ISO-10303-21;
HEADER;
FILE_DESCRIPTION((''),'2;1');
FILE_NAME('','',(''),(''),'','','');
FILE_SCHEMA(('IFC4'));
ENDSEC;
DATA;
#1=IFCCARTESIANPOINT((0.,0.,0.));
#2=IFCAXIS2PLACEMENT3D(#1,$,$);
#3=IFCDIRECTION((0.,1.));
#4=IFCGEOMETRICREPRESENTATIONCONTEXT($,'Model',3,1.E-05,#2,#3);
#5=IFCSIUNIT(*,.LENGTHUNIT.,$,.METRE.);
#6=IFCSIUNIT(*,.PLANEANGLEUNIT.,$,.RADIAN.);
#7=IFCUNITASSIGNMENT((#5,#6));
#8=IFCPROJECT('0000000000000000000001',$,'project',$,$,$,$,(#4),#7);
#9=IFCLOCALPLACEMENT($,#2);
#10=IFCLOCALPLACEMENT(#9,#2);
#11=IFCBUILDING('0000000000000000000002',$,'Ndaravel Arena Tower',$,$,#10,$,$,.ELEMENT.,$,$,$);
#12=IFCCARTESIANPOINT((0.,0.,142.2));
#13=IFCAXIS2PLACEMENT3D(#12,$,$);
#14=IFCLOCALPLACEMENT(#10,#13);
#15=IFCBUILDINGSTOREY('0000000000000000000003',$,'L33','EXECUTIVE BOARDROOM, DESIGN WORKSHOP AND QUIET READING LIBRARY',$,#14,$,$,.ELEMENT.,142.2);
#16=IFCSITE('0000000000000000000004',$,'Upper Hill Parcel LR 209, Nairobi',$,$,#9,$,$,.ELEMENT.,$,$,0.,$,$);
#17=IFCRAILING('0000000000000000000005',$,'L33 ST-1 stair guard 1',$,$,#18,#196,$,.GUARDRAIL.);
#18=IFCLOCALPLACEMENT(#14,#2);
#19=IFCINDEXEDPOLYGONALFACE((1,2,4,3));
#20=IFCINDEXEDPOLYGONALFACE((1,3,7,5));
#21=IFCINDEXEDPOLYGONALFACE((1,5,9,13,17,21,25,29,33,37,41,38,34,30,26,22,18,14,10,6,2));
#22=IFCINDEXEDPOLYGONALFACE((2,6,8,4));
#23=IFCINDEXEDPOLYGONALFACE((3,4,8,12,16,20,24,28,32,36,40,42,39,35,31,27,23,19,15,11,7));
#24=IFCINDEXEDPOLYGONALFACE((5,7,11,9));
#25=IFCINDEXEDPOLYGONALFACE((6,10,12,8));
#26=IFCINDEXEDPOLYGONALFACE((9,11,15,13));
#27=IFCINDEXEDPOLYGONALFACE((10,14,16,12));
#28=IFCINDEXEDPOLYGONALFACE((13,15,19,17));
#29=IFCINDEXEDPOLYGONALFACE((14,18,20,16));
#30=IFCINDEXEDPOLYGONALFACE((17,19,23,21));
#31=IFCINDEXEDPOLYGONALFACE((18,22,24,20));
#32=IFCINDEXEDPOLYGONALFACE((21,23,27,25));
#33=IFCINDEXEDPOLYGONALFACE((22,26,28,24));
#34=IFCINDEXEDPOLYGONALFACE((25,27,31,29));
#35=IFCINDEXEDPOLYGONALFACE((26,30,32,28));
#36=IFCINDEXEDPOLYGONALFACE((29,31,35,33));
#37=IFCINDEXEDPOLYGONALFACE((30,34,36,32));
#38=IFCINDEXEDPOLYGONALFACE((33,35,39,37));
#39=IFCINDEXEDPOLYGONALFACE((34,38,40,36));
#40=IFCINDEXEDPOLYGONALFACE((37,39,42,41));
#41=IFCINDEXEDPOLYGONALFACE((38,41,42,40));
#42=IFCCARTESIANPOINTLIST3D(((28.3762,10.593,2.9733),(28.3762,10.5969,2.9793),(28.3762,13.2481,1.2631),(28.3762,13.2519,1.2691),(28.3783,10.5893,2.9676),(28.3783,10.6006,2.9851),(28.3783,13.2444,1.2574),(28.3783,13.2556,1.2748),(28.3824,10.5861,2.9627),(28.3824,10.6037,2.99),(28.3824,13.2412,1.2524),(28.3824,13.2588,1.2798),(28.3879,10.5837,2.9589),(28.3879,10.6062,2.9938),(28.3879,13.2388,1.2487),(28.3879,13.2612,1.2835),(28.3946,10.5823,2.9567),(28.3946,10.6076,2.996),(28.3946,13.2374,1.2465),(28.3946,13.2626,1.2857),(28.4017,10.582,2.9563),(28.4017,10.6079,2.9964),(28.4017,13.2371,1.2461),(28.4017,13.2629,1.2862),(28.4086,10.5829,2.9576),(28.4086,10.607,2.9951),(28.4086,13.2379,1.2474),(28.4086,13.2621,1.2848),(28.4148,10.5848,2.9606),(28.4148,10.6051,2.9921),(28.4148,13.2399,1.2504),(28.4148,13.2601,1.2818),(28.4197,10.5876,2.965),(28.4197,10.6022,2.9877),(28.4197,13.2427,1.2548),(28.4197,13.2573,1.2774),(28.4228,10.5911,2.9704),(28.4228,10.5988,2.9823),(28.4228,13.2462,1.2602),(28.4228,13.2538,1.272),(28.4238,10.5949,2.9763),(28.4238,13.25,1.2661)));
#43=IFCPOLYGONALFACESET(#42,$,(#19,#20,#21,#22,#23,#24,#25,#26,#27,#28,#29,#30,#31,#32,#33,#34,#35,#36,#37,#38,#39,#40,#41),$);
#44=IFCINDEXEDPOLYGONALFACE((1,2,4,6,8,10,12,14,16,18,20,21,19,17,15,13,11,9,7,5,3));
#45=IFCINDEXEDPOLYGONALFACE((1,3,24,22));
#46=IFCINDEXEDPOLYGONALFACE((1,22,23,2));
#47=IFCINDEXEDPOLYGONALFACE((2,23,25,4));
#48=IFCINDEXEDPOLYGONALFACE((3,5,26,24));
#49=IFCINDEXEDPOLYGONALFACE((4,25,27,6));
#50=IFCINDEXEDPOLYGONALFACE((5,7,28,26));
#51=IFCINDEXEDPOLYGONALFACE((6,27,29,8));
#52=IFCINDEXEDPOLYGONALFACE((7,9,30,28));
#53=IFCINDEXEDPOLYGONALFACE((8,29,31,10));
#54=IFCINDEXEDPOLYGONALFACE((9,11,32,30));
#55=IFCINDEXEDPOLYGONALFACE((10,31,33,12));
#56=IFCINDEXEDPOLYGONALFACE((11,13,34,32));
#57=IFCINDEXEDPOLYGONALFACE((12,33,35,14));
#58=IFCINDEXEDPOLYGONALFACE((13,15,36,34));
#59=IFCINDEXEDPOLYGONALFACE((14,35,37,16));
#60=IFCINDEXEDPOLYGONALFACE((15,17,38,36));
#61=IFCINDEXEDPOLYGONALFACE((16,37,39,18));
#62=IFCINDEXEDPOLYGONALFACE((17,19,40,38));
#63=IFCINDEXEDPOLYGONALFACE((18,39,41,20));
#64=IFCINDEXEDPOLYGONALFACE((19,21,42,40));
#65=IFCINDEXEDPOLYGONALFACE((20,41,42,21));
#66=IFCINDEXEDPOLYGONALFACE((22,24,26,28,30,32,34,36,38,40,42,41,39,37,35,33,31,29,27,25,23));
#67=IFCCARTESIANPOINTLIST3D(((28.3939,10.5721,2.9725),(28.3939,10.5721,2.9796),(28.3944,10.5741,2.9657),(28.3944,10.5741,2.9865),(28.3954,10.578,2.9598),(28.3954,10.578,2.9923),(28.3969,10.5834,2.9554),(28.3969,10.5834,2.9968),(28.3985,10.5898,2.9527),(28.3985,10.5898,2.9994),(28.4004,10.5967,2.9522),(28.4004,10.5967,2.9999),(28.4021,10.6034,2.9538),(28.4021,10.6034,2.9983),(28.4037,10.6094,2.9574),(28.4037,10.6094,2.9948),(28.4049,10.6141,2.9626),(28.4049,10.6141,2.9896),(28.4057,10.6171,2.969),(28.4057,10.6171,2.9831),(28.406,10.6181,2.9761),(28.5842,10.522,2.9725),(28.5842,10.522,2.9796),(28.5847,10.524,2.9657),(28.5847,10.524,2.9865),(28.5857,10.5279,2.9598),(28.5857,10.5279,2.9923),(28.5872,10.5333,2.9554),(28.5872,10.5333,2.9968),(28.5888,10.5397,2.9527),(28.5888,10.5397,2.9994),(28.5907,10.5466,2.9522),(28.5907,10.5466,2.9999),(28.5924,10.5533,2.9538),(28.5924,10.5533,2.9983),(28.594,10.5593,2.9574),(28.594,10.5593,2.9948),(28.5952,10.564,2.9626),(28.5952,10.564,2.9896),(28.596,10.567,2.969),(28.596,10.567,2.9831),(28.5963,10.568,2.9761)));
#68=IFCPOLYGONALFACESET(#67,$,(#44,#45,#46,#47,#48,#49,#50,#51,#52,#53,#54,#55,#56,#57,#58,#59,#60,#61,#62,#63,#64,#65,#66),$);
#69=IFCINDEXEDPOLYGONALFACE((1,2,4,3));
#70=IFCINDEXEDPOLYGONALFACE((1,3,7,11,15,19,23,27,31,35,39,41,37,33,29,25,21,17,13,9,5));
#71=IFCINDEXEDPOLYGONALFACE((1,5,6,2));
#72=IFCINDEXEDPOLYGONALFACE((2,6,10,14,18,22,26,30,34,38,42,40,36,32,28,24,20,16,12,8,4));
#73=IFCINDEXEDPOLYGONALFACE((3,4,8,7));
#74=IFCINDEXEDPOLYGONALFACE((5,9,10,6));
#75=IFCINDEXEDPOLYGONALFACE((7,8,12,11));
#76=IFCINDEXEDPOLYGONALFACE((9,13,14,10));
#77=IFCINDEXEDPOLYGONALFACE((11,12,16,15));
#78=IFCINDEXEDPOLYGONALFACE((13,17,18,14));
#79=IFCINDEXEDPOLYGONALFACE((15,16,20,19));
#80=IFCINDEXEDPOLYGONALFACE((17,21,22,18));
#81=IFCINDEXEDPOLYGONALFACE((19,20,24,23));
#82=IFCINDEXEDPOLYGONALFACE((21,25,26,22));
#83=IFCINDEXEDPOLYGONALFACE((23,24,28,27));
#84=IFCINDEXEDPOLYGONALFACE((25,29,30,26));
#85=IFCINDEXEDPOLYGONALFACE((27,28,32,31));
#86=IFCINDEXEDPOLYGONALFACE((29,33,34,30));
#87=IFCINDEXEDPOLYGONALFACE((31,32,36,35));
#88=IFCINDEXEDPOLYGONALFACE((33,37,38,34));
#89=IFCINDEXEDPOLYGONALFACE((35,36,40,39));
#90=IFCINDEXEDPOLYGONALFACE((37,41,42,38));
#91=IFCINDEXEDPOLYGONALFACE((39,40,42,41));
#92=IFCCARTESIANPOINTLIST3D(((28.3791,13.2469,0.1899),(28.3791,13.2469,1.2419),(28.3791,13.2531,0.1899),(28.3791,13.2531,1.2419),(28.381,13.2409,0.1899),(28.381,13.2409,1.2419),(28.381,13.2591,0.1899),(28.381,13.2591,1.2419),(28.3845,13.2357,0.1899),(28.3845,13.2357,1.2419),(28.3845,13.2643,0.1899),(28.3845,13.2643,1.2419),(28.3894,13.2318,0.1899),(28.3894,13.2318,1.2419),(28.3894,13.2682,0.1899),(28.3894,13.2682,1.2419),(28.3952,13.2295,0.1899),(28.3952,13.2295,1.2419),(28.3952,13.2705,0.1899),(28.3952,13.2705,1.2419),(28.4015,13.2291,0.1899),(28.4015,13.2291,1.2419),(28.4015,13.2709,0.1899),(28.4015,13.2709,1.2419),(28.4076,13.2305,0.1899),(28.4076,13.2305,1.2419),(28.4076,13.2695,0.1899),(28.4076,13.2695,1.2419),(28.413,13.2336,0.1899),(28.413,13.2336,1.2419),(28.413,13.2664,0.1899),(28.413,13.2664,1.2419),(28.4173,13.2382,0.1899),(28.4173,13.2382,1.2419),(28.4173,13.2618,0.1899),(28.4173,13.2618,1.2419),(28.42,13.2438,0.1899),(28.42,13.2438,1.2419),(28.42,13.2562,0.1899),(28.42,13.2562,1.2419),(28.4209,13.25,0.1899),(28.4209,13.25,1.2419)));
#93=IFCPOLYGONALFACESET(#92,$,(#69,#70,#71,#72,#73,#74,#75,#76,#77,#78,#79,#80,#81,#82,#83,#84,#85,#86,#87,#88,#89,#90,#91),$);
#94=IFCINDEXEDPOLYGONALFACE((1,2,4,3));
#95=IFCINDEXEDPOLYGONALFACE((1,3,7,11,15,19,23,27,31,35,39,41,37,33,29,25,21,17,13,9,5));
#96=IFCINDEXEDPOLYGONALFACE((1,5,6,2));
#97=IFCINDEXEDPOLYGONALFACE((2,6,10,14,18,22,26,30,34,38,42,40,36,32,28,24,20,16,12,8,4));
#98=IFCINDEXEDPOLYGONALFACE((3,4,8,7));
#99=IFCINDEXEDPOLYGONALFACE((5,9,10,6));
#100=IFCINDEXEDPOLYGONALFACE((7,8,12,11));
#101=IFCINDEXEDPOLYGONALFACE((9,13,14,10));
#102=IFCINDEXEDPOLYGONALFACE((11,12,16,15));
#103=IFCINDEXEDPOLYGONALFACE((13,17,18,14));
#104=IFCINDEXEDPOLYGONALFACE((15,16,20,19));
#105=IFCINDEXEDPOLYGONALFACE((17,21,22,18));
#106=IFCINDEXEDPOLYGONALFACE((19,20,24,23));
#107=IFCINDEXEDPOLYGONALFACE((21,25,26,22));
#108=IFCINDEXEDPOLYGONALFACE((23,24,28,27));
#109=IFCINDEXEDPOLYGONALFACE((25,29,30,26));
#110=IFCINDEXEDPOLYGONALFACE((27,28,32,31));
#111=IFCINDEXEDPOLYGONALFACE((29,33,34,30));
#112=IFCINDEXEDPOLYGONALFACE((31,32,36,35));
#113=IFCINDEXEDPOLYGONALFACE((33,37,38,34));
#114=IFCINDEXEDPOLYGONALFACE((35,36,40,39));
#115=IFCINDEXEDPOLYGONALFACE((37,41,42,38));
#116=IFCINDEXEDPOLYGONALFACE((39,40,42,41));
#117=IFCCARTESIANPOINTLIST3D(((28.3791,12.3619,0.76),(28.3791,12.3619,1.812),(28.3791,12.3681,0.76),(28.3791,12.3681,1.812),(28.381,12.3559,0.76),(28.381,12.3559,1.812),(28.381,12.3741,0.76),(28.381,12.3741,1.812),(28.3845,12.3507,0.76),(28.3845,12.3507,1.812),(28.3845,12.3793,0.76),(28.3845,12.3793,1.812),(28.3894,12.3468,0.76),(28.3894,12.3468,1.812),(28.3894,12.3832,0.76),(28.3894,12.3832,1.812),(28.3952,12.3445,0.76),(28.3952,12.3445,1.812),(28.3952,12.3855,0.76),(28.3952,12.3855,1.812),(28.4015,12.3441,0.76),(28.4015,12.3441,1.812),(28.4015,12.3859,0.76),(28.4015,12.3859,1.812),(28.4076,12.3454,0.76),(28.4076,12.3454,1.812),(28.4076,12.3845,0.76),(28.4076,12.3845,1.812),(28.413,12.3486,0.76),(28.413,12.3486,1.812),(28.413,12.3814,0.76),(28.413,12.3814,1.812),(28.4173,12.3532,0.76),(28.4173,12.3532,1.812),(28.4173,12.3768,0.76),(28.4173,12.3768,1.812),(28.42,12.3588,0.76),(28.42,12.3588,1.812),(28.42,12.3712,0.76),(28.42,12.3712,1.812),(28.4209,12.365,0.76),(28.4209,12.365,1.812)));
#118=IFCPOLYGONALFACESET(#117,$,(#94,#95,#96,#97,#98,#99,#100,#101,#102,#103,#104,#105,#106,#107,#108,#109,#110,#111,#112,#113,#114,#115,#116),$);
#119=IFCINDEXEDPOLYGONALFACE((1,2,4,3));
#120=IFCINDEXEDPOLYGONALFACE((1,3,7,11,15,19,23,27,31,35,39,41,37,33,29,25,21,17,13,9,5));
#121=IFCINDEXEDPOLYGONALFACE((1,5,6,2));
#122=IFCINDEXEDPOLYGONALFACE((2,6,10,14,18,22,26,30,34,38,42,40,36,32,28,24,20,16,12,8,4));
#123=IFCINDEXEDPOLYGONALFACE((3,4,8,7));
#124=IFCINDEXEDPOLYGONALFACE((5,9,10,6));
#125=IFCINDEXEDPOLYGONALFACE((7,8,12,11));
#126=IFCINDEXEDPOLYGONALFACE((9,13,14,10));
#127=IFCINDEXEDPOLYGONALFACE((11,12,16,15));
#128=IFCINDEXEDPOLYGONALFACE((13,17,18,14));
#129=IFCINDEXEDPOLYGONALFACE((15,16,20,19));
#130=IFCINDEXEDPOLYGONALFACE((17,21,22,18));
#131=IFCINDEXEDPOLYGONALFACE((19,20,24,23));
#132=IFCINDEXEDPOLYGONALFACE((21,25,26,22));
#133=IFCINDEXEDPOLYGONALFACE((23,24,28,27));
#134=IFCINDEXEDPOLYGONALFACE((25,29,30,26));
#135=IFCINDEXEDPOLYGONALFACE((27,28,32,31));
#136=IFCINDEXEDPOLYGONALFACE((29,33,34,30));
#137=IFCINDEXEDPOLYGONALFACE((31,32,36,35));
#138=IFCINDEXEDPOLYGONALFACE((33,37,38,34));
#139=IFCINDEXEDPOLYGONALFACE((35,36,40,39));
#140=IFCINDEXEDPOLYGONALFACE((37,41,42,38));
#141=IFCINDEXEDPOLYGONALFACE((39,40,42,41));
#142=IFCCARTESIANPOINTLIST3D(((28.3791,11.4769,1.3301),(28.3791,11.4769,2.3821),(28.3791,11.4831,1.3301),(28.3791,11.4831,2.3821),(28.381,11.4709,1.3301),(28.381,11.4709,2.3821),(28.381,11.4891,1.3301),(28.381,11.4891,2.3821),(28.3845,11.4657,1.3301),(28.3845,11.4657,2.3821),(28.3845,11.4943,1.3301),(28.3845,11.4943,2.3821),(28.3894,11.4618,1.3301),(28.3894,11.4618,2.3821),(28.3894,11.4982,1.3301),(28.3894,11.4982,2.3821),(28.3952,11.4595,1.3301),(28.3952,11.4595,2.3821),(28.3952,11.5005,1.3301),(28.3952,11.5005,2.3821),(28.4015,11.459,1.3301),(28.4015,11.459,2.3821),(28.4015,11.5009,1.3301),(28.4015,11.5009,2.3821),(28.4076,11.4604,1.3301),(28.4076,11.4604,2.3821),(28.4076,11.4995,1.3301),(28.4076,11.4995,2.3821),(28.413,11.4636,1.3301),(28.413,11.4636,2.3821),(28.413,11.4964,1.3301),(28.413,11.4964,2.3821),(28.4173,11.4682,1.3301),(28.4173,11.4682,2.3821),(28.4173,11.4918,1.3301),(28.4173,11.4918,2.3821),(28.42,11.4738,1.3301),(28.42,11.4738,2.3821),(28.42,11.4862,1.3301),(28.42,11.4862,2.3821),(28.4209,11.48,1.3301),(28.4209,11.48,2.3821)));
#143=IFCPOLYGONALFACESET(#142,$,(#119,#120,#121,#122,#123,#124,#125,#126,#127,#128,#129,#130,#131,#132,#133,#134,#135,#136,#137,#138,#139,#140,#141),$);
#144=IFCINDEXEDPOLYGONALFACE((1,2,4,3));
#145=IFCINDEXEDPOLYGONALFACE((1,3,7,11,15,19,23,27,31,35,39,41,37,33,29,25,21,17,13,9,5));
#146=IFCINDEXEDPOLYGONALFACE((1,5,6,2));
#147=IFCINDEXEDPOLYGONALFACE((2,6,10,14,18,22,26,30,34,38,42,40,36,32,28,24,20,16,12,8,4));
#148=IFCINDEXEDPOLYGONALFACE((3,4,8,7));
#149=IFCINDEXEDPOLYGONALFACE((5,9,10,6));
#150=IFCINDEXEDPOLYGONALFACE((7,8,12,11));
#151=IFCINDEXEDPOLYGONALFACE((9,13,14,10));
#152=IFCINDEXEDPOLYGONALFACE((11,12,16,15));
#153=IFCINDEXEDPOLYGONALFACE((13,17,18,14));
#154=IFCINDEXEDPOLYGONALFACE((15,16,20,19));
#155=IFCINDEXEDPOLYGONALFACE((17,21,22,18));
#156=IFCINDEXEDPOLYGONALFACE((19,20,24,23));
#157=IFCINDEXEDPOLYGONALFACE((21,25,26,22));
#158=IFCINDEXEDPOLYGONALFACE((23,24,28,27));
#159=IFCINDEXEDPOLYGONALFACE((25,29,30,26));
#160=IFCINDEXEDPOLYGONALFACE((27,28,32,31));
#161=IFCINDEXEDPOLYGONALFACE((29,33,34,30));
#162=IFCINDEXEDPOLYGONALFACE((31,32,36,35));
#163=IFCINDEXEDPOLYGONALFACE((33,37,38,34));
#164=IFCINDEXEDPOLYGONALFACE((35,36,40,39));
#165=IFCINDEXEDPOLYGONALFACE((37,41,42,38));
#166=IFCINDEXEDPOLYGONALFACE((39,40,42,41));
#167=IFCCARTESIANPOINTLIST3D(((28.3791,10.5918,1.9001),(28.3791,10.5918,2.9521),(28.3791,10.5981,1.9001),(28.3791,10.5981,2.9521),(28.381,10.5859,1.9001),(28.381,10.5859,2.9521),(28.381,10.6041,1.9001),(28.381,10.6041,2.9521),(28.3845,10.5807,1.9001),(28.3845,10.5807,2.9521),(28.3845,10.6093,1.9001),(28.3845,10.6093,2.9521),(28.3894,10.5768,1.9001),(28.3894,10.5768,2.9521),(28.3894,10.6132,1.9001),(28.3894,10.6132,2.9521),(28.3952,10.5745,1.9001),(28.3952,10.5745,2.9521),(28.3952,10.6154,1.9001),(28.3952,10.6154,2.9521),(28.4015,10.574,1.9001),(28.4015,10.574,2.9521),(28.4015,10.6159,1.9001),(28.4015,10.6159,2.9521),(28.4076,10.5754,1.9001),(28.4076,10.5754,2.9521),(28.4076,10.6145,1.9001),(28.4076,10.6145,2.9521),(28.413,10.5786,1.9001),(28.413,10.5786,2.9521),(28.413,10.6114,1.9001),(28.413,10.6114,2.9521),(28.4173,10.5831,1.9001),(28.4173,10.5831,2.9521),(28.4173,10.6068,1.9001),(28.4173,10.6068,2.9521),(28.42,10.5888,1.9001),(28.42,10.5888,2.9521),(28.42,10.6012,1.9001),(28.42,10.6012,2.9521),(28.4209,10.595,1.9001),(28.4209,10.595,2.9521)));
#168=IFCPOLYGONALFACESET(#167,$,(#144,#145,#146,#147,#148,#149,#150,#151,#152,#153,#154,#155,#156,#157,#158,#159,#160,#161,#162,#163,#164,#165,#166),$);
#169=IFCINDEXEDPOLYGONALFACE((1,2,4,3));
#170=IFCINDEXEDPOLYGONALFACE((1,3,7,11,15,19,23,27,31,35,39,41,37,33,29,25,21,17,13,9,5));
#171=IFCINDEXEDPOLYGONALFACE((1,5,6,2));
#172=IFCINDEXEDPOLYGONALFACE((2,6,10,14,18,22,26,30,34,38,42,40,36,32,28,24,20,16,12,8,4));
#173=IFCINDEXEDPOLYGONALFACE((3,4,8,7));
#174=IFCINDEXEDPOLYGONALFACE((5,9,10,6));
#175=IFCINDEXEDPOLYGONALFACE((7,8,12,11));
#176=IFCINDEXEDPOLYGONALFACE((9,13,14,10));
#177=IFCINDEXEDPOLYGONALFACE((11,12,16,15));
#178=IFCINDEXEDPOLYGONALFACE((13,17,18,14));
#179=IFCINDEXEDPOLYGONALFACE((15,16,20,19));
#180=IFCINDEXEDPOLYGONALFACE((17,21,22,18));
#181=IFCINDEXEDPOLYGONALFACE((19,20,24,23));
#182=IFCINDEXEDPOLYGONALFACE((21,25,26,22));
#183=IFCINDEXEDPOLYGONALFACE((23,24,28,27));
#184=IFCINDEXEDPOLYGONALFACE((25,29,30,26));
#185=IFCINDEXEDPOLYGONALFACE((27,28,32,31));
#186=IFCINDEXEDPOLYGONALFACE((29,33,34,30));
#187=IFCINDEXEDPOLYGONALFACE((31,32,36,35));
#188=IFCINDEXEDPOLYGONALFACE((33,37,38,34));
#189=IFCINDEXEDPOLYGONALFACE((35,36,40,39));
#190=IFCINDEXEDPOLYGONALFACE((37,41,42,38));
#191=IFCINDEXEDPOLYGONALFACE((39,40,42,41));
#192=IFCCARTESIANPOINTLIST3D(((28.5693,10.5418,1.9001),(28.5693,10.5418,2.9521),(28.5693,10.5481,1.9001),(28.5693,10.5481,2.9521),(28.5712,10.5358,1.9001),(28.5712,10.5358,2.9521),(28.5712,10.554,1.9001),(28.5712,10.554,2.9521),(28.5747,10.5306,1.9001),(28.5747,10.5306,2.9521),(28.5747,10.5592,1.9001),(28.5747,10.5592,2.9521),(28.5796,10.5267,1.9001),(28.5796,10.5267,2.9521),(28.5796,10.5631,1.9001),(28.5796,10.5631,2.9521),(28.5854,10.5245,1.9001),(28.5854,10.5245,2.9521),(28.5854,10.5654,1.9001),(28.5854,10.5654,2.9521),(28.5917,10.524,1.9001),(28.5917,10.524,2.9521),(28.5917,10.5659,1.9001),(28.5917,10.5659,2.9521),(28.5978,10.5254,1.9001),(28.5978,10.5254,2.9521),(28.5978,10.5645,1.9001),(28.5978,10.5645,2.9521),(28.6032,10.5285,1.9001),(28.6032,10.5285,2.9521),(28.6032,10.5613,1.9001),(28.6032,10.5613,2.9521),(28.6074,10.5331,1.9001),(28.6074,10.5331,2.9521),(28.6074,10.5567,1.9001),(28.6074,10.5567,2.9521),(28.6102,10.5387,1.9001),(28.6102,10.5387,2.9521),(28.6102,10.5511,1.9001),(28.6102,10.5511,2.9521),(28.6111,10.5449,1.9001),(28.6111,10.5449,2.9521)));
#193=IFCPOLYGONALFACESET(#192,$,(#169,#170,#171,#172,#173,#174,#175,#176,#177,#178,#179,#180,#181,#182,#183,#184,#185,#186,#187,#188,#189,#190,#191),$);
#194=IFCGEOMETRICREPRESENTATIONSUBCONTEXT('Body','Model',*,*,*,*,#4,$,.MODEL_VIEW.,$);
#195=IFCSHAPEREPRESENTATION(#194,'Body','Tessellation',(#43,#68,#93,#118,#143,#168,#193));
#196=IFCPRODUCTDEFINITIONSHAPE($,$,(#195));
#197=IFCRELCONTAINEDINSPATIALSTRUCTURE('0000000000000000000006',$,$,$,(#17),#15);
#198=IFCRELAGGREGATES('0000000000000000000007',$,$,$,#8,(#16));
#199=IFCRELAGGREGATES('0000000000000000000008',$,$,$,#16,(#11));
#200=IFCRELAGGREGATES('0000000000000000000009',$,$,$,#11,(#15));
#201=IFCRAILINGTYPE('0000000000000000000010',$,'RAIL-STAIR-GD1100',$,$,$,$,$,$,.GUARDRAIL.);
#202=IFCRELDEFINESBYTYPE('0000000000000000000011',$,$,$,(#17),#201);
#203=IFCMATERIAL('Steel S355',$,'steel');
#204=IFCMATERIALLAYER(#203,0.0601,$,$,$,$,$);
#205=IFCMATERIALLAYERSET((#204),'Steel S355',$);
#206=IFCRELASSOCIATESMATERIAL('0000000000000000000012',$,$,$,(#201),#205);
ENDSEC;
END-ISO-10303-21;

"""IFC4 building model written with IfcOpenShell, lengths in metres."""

from ifc_helpers import new_model, si_unit, direction, frame, origin, origin_2d, place, context, subcontext, project, spatial, circle, extrude, material, layer, layer_set, type_object, element, save


model = new_model("IFC4")

# Units and contexts
model_context = context("Model", 3, precision=1e-05, world=origin(), true_north=direction((0.0, 1.0)))
body_context = subcontext(model_context, "Body", "Model", "MODEL_VIEW")
ifc_project = project(units=[si_unit("LENGTHUNIT", "METRE"), si_unit("PLANEANGLEUNIT", "RADIAN")], contexts=[model_context])

# Site, building, storey
site_placement = place(None, origin())
site = spatial("IfcSite", under=ifc_project, at=site_placement, Name="Upper Hill Parcel LR 209, Nairobi", CompositionType="ELEMENT", RefElevation=0.0)
building_placement = place(site_placement, origin())
building = spatial("IfcBuilding", under=site, at=building_placement, Name="Ndaravel Arena Tower", CompositionType="ELEMENT")
storey_placement = place(building_placement, frame((0.0, 0.0, 142.2)))
storey = spatial("IfcBuildingStorey", under=building, at=storey_placement, Name="L33", Description="EXECUTIVE BOARDROOM, DESIGN WORKSHOP AND QUIET READING LIBRARY", CompositionType="ELEMENT", Elevation=142.2)

# Railing
ifc_material_1 = material(Name="Steel S355", Category="steel")
ifc_layer_1 = layer(ifc_material_1, 0.0601)
ifc_layer_set_1 = layer_set([ifc_layer_1], Name="Steel S355")
railing_type_1 = type_object("IfcRailingType", Name="RAIL-STAIR-GD1100", PredefinedType="GUARDRAIL", material=ifc_layer_set_1)
railing_1_placement = place(storey_placement, frame((28.3999, 13.25, 0.1899)))
element("IfcRailing", 1, at=railing_1_placement, inside=storey, type_object=railing_type_1, Name="L33 ST-1 stair guard 1", PredefinedType="GUARDRAIL", context=body_context, shape_type="SweptSolid", body=[
    extrude(circle(Radius=0.0239, at=origin_2d()), frame((0.0, 0.0, 1.0762), z_axis=(0.0, -0.840688, 0.541519), x_axis=(1.0, 0.0, 0.0)), (0.0, 0.0, 1.0), 3.1582),
    extrude(circle(Radius=0.0239, at=origin_2d()), frame((0.0, -2.655, 2.7861), z_axis=(0.967075, -0.254493, 0.0), x_axis=(0.254493, 0.967075, 0.0)), (0.0, 0.0, 1.0), 0.1968),
    extrude(circle(Radius=0.021, at=origin_2d()), origin(), (0.0, 0.0, 1.0), 1.052),
    extrude(circle(Radius=0.021, at=origin_2d()), frame((0.0, -0.885, 0.5701)), (0.0, 0.0, 1.0), 1.052),
    extrude(circle(Radius=0.021, at=origin_2d()), frame((0.0, -1.77, 1.1401)), (0.0, 0.0, 1.0), 1.052),
    extrude(circle(Radius=0.021, at=origin_2d()), frame((0.0, -2.655, 1.7102)), (0.0, 0.0, 1.0), 1.052),
    extrude(circle(Radius=0.021, at=origin_2d()), frame((0.1902, -2.7051, 1.7102)), (0.0, 0.0, 1.0), 1.052),
])

save(model, "model.ifc")
